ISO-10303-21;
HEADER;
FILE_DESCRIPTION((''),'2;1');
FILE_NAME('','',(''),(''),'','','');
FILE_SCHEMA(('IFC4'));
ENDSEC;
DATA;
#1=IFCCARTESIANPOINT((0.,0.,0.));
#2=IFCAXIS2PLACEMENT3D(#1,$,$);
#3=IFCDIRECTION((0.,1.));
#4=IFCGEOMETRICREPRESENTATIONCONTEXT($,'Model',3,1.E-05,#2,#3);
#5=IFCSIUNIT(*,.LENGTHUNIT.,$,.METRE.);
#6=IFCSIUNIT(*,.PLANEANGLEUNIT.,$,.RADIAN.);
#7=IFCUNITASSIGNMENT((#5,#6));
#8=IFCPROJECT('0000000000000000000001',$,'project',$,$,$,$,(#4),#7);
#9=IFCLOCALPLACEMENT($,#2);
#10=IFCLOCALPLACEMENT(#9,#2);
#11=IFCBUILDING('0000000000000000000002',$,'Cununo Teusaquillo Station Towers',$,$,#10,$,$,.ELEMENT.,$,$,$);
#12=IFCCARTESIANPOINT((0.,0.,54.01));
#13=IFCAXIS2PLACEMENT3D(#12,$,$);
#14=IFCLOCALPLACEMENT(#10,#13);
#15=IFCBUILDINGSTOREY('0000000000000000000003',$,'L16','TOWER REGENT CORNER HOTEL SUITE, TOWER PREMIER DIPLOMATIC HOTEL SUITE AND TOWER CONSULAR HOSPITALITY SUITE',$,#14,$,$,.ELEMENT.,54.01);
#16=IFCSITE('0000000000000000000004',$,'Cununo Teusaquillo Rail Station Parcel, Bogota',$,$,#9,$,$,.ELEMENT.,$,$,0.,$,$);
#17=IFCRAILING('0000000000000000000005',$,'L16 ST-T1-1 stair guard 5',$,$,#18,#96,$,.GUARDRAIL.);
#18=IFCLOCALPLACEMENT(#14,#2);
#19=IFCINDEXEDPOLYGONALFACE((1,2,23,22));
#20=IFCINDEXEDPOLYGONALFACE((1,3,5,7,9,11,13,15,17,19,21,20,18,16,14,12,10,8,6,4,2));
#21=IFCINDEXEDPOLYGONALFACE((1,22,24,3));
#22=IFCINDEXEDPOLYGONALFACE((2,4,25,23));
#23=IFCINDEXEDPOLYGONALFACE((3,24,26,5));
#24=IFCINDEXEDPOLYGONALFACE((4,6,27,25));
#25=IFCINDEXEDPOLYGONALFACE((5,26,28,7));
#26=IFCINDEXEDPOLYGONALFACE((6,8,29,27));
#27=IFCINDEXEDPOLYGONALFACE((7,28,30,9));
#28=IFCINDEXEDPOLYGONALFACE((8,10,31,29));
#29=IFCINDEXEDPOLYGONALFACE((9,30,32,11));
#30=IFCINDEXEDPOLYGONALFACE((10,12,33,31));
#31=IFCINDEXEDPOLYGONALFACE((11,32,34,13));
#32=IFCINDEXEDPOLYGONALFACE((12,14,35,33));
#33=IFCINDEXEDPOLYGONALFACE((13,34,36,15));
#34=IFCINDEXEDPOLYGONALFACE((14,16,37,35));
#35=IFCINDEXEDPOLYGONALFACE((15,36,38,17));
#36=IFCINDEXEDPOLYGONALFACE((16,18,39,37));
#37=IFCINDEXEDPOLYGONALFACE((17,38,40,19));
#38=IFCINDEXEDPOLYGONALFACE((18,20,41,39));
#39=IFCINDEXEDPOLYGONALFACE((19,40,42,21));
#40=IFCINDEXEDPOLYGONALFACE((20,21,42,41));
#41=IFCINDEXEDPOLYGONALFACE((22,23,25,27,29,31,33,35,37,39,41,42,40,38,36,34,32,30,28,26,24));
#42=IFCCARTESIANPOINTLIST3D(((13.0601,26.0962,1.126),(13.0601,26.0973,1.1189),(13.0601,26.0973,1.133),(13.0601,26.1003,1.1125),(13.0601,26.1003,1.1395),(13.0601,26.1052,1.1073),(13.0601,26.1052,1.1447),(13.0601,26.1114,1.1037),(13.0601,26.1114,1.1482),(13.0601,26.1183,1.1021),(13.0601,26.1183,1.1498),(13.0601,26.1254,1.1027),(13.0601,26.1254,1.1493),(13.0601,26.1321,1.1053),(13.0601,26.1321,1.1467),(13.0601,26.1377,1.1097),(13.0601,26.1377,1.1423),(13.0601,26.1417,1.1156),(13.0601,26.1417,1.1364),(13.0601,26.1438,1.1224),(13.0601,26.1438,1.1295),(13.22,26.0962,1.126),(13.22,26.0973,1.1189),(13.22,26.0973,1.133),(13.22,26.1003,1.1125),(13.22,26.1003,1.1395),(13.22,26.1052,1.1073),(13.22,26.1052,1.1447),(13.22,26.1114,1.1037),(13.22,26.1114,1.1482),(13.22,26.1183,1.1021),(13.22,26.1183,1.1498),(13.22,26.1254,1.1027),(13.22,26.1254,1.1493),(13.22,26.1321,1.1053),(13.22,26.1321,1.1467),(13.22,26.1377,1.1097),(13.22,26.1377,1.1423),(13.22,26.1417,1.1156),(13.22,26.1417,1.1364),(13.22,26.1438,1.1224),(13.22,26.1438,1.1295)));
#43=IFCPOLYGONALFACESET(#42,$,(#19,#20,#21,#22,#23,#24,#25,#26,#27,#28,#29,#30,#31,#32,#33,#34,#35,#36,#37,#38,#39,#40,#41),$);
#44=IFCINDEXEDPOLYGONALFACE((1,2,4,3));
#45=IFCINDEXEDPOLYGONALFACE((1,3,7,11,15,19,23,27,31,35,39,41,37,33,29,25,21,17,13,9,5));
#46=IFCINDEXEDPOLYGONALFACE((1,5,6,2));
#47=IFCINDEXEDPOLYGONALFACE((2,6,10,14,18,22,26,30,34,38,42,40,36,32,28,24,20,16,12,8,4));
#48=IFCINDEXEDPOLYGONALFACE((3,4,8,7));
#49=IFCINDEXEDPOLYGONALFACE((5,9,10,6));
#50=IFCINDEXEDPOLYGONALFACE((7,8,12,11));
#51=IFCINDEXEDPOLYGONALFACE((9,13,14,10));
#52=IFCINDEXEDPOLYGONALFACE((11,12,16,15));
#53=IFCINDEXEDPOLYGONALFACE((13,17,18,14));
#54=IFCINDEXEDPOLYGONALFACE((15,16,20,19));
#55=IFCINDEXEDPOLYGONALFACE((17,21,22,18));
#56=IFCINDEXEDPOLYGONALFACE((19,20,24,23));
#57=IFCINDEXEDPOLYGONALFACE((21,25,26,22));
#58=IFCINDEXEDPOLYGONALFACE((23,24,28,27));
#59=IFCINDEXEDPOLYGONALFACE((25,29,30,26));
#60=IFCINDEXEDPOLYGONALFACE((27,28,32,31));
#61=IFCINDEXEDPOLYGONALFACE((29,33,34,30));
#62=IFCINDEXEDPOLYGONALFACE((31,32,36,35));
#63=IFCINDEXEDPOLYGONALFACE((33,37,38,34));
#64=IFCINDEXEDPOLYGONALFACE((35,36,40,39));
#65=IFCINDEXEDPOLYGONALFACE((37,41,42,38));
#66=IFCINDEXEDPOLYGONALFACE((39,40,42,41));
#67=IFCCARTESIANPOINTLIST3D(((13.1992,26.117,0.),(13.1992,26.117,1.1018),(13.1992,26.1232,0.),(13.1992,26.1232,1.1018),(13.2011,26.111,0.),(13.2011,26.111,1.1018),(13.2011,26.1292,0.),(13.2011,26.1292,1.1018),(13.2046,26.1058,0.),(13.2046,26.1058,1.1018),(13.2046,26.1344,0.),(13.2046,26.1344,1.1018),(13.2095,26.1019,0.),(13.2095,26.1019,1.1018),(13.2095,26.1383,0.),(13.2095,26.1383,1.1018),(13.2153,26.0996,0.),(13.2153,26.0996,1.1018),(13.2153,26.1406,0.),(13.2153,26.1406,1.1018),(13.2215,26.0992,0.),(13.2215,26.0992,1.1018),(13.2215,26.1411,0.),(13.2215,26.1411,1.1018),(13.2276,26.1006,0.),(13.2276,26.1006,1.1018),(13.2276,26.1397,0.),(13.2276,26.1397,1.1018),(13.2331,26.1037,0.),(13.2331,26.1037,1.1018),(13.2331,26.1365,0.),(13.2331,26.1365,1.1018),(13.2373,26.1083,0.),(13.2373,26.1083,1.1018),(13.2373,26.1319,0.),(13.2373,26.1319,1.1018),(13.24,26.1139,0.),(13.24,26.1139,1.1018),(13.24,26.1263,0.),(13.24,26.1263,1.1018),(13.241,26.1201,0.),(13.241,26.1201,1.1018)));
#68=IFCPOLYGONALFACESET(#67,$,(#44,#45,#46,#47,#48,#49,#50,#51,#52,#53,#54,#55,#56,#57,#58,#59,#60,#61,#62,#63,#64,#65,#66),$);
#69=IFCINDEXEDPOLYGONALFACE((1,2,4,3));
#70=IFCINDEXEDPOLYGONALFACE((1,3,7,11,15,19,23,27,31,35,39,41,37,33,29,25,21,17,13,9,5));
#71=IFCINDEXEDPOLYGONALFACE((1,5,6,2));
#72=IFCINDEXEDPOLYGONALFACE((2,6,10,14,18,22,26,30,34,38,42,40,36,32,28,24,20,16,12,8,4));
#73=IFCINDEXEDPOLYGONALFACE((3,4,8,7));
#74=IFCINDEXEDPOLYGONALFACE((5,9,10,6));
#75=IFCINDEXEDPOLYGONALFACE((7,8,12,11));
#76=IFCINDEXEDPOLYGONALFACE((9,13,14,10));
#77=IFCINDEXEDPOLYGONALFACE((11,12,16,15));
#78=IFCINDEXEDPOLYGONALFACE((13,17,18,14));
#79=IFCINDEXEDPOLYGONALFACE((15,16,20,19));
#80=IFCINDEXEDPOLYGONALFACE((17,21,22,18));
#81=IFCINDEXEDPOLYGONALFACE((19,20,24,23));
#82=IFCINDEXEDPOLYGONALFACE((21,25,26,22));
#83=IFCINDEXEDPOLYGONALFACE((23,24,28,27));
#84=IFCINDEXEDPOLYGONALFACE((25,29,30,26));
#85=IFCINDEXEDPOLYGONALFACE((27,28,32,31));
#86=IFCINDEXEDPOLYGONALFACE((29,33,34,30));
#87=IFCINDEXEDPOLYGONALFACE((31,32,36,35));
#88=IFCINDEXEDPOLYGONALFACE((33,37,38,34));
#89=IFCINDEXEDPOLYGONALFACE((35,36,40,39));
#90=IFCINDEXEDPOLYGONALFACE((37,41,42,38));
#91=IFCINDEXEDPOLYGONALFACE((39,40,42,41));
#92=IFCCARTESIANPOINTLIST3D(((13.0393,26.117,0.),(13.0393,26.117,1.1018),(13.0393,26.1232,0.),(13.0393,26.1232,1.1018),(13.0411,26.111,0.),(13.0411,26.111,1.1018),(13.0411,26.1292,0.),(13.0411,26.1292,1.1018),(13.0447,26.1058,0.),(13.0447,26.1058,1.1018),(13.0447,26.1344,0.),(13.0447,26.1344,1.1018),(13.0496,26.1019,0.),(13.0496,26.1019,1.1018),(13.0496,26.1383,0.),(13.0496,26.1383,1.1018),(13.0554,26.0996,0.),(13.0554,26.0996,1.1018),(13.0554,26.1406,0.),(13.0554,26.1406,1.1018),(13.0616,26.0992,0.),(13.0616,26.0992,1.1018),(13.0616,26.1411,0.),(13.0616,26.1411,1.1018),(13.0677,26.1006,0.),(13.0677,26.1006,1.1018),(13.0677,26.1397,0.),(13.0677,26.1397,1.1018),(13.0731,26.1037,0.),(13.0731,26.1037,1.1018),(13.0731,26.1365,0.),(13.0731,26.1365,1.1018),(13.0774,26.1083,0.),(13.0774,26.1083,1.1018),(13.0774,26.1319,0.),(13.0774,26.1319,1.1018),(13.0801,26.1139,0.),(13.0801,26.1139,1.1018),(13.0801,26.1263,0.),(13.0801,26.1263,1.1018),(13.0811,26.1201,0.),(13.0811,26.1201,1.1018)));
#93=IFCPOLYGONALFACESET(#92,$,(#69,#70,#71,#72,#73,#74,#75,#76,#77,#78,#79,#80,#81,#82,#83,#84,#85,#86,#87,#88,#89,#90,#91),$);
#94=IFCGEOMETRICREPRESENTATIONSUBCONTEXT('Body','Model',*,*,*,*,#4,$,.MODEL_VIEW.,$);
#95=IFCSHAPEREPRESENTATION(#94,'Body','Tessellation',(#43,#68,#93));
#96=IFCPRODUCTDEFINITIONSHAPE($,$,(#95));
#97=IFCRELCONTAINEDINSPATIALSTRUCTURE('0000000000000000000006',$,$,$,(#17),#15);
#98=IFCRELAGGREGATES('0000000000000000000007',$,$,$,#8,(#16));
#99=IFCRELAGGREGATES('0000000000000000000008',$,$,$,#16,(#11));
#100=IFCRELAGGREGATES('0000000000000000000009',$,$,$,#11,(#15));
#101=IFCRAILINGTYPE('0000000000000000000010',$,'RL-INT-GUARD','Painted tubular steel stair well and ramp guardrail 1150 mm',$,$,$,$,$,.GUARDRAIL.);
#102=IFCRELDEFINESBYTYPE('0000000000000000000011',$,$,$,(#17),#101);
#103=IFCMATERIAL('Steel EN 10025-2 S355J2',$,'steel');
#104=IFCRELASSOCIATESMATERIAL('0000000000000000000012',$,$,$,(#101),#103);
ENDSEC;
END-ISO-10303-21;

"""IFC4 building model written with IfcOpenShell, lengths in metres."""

from ifc_helpers import new_model, si_unit, direction, frame, origin, origin_2d, place, context, subcontext, project, spatial, circle, extrude, material, type_object, element, save


model = new_model("IFC4")

# Units and contexts
model_context = context("Model", 3, precision=1e-05, world=origin(), true_north=direction((0.0, 1.0)))
body_context = subcontext(model_context, "Body", "Model", "MODEL_VIEW")
ifc_project = project(units=[si_unit("LENGTHUNIT", "METRE"), si_unit("PLANEANGLEUNIT", "RADIAN")], contexts=[model_context])

# Site, building, storey
site_placement = place(None, origin())
site = spatial("IfcSite", under=ifc_project, at=site_placement, Name="Cununo Teusaquillo Rail Station Parcel, Bogota", CompositionType="ELEMENT", RefElevation=0.0)
building_placement = place(site_placement, origin())
building = spatial("IfcBuilding", under=site, at=building_placement, Name="Cununo Teusaquillo Station Towers", CompositionType="ELEMENT")
storey_placement = place(building_placement, frame((0.0, 0.0, 54.01)))
storey = spatial("IfcBuildingStorey", under=building, at=storey_placement, Name="L16", Description="TOWER REGENT CORNER HOTEL SUITE, TOWER PREMIER DIPLOMATIC HOTEL SUITE AND TOWER CONSULAR HOSPITALITY SUITE", CompositionType="ELEMENT", Elevation=54.01)

# Railing
ifc_material_1 = material(Name="Steel EN 10025-2 S355J2", Category="steel")
railing_type_1 = type_object("IfcRailingType", Name="RL-INT-GUARD", Description="Painted tubular steel stair well and ramp guardrail 1150 mm", PredefinedType="GUARDRAIL", material=ifc_material_1)
railing_1_placement = place(storey_placement, frame((13.22, 26.1201, 0.0)))
element("IfcRailing", 1, at=railing_1_placement, inside=storey, type_object=railing_type_1, Name="L16 ST-T1-1 stair guard 5", PredefinedType="GUARDRAIL", context=body_context, shape_type="SweptSolid", body=[
    extrude(circle(Radius=0.0239, at=origin_2d()), frame((0.0, 0.0, 1.126), z_axis=(-1.0, 0.0, 0.0), x_axis=(0.0, -1.0, 0.0)), (0.0, 0.0, 1.0), 0.1599),
    extrude(circle(Radius=0.021, at=origin_2d()), origin(), (0.0, 0.0, 1.0), 1.1018),
    extrude(circle(Radius=0.021, at=origin_2d()), frame((-0.1599, 0.0, 0.0)), (0.0, 0.0, 1.0), 1.1018),
])

save(model, "model.ifc")
